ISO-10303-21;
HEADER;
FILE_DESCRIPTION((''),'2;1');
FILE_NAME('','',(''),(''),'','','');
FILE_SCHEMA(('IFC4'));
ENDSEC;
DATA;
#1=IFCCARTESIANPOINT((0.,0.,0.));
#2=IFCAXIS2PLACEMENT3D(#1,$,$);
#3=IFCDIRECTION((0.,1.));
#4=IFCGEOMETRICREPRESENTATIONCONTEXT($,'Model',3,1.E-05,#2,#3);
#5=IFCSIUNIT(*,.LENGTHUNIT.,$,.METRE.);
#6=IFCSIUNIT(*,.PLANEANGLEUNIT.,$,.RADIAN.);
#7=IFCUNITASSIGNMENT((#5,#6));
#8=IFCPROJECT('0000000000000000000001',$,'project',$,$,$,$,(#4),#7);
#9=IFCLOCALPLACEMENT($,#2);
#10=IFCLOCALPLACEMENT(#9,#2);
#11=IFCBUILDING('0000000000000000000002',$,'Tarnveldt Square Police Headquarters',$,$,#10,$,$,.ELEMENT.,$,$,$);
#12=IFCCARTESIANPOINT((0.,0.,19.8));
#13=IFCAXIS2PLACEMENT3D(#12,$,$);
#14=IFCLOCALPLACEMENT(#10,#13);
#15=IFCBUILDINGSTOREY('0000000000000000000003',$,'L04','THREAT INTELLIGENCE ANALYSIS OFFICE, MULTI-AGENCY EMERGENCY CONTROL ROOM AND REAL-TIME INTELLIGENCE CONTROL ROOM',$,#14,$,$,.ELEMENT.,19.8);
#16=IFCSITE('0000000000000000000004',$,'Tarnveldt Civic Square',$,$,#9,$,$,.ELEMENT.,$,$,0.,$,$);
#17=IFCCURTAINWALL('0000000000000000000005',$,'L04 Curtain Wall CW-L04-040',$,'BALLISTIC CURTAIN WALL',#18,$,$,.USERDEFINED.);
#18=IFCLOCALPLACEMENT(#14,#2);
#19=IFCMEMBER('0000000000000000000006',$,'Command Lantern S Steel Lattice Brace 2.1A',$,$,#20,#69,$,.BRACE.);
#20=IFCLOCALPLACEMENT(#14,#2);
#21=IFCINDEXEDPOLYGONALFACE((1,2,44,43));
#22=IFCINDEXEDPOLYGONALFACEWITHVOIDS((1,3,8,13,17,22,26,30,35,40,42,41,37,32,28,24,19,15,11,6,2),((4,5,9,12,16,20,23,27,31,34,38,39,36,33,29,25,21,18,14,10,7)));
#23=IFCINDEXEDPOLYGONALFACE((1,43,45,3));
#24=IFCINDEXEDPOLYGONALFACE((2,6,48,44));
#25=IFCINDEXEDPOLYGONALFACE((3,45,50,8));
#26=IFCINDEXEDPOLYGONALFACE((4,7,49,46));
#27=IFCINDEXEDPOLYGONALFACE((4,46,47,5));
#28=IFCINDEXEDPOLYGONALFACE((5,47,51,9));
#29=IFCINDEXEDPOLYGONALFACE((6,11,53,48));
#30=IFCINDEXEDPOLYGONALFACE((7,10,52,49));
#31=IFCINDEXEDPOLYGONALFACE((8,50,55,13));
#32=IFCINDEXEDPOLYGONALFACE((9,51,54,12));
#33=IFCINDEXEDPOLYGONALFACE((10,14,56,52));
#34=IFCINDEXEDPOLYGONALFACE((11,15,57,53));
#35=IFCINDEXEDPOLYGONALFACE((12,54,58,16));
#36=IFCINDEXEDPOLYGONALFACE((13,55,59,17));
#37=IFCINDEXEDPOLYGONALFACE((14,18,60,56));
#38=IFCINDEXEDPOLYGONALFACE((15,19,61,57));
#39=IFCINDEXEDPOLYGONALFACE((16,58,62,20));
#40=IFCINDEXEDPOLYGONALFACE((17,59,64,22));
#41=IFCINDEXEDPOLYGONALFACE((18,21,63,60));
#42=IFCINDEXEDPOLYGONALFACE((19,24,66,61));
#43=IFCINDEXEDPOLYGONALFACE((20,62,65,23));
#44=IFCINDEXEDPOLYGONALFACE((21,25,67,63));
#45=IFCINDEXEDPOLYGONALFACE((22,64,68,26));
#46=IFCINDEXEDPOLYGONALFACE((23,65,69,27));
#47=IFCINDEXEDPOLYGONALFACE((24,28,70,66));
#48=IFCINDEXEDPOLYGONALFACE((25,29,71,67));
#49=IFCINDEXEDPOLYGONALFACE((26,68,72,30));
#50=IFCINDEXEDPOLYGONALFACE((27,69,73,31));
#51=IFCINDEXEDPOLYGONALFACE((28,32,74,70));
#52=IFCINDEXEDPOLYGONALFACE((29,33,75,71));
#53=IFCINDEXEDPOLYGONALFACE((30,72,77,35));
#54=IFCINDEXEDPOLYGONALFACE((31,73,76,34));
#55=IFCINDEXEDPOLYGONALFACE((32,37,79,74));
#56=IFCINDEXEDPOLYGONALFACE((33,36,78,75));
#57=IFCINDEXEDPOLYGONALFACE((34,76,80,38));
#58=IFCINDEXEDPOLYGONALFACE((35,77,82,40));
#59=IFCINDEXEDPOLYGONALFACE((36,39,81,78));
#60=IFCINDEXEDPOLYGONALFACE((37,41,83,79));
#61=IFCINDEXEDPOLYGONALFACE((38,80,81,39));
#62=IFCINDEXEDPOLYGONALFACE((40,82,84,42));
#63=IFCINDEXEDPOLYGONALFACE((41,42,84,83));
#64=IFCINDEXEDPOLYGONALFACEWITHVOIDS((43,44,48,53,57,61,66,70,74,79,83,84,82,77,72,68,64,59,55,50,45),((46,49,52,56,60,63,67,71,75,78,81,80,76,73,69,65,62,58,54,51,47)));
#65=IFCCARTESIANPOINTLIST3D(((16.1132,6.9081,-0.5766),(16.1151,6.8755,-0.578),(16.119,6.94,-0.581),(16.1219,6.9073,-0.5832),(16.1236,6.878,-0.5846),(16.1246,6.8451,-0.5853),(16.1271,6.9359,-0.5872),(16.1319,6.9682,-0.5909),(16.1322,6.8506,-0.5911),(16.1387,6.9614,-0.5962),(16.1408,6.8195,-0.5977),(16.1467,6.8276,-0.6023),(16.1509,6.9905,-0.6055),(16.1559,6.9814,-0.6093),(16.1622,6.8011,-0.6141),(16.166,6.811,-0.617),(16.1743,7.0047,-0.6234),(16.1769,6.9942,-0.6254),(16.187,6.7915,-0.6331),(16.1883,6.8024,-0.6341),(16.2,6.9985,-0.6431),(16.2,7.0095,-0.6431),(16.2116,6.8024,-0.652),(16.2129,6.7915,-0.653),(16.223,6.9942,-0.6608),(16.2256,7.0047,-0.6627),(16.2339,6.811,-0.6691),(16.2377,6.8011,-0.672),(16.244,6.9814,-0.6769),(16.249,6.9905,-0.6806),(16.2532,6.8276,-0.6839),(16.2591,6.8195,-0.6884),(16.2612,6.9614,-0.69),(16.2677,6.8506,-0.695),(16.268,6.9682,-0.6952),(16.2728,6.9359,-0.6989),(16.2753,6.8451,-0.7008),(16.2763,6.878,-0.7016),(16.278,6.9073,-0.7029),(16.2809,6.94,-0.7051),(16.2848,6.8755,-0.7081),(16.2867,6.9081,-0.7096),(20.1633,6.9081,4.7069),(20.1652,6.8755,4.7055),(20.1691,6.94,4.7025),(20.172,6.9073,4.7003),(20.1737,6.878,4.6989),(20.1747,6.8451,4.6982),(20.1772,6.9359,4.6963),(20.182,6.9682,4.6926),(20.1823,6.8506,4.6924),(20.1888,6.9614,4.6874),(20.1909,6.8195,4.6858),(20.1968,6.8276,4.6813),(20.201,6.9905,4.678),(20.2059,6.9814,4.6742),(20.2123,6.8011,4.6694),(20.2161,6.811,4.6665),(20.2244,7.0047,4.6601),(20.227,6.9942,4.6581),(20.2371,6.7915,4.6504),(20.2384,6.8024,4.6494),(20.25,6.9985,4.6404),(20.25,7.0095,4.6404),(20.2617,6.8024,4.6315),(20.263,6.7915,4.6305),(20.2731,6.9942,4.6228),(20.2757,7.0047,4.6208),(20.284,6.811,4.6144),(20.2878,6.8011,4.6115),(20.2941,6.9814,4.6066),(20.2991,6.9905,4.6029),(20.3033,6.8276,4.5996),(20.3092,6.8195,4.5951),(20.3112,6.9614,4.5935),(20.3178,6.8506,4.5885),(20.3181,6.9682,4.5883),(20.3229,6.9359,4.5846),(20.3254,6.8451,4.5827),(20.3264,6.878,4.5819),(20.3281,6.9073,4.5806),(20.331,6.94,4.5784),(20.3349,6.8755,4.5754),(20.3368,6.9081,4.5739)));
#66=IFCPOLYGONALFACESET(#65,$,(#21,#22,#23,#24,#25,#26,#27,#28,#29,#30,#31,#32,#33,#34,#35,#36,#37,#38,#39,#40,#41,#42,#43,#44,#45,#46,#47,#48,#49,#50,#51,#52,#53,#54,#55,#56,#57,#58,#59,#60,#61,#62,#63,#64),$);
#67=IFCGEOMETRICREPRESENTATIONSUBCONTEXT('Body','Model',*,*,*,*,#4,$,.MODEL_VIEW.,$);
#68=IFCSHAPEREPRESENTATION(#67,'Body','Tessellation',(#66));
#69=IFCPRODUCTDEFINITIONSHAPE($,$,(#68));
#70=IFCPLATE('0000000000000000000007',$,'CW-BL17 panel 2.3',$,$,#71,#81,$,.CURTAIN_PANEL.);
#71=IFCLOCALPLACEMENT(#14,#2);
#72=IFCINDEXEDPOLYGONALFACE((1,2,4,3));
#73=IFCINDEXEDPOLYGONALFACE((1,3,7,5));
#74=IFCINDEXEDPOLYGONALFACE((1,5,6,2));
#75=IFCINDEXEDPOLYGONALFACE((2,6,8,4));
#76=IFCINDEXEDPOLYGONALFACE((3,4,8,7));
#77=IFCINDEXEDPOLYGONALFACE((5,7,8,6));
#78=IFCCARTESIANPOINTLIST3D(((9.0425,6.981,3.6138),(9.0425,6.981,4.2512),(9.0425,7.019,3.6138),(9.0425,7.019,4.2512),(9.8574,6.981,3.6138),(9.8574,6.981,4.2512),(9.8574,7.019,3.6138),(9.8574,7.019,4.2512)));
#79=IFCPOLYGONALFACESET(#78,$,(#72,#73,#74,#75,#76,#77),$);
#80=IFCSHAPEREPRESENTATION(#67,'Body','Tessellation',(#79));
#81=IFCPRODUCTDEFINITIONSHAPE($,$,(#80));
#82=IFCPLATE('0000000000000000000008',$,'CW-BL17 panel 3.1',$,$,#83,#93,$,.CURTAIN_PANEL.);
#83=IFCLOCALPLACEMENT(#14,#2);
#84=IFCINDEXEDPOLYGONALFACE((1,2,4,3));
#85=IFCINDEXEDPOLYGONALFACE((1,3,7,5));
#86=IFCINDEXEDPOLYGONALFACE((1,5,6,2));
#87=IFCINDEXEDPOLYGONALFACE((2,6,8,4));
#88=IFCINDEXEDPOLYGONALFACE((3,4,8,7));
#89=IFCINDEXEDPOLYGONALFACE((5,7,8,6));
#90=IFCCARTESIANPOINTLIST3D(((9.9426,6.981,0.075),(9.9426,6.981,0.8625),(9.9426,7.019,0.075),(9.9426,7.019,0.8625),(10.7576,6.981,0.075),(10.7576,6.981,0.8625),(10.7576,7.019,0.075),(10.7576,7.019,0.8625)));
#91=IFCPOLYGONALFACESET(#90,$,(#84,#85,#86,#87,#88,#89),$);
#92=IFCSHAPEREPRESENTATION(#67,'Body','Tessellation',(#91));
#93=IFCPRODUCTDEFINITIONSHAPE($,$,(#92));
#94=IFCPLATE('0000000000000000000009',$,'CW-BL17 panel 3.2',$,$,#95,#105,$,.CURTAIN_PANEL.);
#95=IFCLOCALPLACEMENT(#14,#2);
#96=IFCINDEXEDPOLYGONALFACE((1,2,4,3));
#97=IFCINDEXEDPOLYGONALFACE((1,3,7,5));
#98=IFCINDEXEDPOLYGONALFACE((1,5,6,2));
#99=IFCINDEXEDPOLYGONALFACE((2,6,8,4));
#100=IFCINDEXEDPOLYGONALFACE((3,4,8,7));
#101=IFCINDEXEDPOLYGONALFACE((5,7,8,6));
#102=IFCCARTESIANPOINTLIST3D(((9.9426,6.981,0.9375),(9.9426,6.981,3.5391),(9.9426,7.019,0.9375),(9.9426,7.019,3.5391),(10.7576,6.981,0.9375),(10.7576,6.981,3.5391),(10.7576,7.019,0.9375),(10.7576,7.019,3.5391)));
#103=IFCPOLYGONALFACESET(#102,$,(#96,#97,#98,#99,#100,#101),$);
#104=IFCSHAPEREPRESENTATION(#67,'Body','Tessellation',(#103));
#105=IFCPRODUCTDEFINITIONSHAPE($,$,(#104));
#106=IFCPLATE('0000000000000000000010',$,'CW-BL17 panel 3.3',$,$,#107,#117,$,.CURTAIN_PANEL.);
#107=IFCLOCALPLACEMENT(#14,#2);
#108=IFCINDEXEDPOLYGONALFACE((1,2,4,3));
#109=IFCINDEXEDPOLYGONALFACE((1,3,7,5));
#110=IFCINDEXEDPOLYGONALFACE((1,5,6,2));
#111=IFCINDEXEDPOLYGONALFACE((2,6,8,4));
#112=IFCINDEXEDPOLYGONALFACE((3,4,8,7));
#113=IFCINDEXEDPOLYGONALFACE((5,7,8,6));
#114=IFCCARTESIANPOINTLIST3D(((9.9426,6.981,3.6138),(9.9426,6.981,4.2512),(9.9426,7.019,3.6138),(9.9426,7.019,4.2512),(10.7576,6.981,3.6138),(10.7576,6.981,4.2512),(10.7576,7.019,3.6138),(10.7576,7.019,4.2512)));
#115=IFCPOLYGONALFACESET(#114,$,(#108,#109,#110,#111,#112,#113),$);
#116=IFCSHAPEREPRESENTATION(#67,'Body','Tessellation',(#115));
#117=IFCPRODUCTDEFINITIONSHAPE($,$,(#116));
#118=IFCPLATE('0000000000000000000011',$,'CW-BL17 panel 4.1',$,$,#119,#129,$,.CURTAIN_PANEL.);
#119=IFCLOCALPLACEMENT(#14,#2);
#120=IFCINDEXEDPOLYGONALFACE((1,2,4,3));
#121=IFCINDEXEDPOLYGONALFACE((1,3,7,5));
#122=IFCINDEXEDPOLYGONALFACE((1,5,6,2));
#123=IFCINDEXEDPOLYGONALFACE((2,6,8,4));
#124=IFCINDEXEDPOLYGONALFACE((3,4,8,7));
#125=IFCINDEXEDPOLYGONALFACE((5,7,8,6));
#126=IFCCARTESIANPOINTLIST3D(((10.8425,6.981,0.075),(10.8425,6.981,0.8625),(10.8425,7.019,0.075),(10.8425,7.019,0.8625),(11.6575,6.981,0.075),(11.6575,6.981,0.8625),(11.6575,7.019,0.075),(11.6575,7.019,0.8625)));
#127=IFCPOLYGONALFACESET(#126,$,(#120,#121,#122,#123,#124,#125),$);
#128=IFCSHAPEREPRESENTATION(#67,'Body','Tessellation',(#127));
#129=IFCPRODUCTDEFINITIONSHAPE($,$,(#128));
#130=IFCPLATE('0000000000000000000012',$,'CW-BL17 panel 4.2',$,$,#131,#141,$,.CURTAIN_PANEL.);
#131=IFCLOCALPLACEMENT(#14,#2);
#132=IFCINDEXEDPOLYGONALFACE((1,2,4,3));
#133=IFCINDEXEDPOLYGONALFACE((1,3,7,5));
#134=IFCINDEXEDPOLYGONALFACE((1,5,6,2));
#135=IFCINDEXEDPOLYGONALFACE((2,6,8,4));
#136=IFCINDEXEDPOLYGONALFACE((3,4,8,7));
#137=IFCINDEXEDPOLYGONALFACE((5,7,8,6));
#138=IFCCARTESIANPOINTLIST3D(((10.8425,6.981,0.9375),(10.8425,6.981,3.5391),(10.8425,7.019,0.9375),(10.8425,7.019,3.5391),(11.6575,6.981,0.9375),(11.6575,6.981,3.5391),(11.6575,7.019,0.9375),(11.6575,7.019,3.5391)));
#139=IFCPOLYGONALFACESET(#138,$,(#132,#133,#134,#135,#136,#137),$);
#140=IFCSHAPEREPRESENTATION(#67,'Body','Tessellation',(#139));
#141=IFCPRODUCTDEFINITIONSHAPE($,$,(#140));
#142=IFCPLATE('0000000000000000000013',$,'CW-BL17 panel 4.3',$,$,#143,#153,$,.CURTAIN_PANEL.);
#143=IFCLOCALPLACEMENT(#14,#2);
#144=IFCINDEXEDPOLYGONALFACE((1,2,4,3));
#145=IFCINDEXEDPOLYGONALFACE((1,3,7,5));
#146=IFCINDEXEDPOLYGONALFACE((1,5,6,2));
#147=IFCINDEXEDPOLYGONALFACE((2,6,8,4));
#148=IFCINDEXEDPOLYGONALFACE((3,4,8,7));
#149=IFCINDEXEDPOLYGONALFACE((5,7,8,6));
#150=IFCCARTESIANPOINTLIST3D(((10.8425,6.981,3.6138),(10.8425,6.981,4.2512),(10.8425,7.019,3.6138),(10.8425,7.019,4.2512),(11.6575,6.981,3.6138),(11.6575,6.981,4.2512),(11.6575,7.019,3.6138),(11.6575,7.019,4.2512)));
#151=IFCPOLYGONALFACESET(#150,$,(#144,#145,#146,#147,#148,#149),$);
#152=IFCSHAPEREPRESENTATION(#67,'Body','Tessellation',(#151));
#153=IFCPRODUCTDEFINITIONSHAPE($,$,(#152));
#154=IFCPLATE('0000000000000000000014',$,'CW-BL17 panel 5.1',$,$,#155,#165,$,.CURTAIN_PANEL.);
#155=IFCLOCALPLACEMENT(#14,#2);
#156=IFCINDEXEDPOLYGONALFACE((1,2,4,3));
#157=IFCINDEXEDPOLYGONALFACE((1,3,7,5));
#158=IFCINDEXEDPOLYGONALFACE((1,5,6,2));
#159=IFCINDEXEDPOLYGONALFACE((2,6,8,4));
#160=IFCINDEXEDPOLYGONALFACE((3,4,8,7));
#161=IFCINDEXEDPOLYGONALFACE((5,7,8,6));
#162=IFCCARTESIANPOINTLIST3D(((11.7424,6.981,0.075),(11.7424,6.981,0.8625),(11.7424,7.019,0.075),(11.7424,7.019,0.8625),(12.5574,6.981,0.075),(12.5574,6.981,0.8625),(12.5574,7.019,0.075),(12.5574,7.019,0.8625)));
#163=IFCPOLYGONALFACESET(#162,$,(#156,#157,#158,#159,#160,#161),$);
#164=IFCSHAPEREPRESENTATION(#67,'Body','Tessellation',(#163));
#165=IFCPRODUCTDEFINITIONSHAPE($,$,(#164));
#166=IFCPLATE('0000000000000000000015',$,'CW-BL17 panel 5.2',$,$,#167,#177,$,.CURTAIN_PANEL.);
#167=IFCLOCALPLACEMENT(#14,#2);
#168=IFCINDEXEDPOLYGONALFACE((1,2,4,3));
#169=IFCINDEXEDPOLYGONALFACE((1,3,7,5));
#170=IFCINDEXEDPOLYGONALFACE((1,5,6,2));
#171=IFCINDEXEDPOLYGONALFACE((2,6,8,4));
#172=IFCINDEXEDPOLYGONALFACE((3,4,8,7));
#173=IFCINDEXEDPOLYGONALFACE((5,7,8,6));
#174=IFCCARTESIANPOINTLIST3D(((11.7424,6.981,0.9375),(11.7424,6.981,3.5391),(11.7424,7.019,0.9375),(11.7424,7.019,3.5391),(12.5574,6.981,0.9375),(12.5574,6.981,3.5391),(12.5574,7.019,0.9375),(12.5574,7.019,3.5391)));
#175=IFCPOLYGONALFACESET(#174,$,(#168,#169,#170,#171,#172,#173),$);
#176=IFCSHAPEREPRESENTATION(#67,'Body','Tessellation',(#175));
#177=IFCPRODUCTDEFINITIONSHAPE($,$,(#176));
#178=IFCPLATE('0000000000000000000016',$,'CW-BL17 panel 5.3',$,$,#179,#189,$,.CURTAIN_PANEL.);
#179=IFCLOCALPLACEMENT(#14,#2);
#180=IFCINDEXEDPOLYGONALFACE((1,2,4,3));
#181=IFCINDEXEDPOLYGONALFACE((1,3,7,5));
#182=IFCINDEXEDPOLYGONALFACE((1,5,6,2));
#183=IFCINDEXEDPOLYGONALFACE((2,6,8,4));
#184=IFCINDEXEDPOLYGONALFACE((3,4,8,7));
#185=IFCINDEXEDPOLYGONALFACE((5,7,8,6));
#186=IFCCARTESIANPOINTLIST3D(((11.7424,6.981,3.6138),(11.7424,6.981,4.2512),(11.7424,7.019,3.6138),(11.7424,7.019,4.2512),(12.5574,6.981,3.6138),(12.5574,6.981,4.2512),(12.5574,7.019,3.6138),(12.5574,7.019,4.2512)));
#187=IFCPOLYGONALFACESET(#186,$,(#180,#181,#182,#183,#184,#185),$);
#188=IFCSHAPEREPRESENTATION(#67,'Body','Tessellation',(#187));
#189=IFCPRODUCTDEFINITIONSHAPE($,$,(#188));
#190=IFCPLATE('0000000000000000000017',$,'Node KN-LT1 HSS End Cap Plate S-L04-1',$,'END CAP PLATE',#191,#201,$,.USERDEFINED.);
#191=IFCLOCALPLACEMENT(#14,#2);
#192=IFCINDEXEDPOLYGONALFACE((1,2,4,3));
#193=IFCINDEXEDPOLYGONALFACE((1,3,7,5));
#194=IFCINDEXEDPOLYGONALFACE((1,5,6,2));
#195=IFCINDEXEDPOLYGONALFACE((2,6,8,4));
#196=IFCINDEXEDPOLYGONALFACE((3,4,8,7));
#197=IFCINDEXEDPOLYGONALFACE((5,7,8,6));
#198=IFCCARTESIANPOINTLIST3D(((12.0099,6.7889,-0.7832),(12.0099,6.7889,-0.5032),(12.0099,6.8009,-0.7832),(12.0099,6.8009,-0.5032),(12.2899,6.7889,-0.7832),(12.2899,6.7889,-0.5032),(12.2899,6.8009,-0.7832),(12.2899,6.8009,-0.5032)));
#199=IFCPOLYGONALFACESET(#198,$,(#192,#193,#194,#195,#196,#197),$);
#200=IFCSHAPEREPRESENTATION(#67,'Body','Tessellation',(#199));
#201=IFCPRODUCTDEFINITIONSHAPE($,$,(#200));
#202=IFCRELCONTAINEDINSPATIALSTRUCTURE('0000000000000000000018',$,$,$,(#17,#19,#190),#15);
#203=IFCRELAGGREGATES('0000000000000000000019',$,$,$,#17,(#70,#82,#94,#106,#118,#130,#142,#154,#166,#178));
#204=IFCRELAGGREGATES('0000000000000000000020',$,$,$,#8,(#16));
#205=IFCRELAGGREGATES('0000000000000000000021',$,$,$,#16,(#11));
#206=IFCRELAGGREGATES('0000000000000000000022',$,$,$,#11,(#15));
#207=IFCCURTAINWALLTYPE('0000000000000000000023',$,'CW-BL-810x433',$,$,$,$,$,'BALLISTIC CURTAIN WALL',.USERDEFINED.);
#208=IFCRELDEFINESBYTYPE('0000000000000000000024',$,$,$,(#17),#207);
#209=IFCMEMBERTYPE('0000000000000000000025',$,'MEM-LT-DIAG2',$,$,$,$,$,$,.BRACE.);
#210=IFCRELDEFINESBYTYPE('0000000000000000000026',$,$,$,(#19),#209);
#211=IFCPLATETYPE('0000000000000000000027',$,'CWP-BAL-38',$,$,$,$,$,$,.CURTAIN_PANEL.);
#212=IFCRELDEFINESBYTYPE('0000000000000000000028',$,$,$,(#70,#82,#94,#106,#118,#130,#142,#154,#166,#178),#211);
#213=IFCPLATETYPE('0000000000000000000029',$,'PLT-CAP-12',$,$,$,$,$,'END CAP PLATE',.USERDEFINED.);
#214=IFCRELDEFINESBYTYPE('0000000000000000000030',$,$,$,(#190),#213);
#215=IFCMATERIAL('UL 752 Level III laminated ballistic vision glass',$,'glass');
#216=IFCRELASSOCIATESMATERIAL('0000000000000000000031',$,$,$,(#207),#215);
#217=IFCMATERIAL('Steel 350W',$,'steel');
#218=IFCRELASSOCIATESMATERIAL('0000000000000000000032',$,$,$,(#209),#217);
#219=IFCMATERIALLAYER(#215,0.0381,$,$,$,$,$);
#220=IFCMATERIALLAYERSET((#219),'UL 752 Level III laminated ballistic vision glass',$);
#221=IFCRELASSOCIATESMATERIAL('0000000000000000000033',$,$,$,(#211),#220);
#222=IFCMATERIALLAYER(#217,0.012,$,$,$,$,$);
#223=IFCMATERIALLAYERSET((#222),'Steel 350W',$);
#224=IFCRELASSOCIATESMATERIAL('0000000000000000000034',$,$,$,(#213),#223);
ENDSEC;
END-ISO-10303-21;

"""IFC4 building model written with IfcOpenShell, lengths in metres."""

from ifc_helpers import new_model, si_unit, direction, frame, origin, origin_2d, place, context, subcontext, project, spatial, rectangle, hollow_circle, extrude, material, layer, layer_set, material_profile, profile_set, type_object, element, aggregate, save


model = new_model("IFC4")

# Units and contexts
model_context = context("Model", 3, precision=1e-05, world=origin(), true_north=direction((0.0, 1.0)))
body_context = subcontext(model_context, "Body", "Model", "MODEL_VIEW")
ifc_project = project(units=[si_unit("LENGTHUNIT", "METRE"), si_unit("PLANEANGLEUNIT", "RADIAN")], contexts=[model_context])

# Site, building, storey
site_placement = place(None, origin())
site = spatial("IfcSite", under=ifc_project, at=site_placement, Name="Tarnveldt Civic Square", CompositionType="ELEMENT", RefElevation=0.0)
building_placement = place(site_placement, origin())
building = spatial("IfcBuilding", under=site, at=building_placement, Name="Tarnveldt Square Police Headquarters", CompositionType="ELEMENT")
storey_placement = place(building_placement, frame((0.0, 0.0, 19.8)))
storey = spatial("IfcBuildingStorey", under=building, at=storey_placement, Name="L04", Description="THREAT INTELLIGENCE ANALYSIS OFFICE, MULTI-AGENCY EMERGENCY CONTROL ROOM AND REAL-TIME INTELLIGENCE CONTROL ROOM", CompositionType="ELEMENT", Elevation=19.8)

# Curtain wall
ifc_material_1 = material(Name="UL 752 Level III laminated ballistic vision glass", Category="glass")
curtain_wall_type = type_object("IfcCurtainWallType", Name="CW-BL-810x433", ElementType="BALLISTIC CURTAIN WALL", PredefinedType="USERDEFINED", material=ifc_material_1)
curtain_wall_placement = place(storey_placement, origin())
curtain_wall = element("IfcCurtainWall", 1, at=curtain_wall_placement, inside=storey, type_object=curtain_wall_type, Name="L04 Curtain Wall CW-L04-040", ObjectType="BALLISTIC CURTAIN WALL", PredefinedType="USERDEFINED")

# Member
ifc_material_2 = material(Name="Steel 350W", Category="steel")
ifc_material_profile_1 = material_profile(ifc_material_2, hollow_circle(Radius=0.1096, WallThickness=0.011, at=origin_2d()), Name="HSS219x11")
ifc_profile_set_1 = profile_set([ifc_material_profile_1], Name="Steel 350W")
member_type_1 = type_object("IfcMemberType", Name="MEM-LT-DIAG2", PredefinedType="BRACE", material=ifc_profile_set_1)
member_1_placement = place(storey_placement, frame((16.2, 6.8999, -0.6431), z_axis=(0.608375, 0.0, 0.793649), x_axis=(0.0, 1.0, 0.0)))
element("IfcMember", 2, at=member_1_placement, inside=storey, type_object=member_type_1, Name="Command Lantern S Steel Lattice Brace 2.1A", PredefinedType="BRACE", context=body_context, shape_type="SweptSolid", body=[
    extrude(hollow_circle(Radius=0.1096, WallThickness=0.011, at=origin_2d()), origin(), (0.0, 0.0, 1.0), 6.6572),
])

# Plates
ifc_layer_1 = layer(ifc_material_1, 0.0381)
ifc_layer_set_1 = layer_set([ifc_layer_1], Name="UL 752 Level III laminated ballistic vision glass")
plate_type_1 = type_object("IfcPlateType", Name="CWP-BAL-38", PredefinedType="CURTAIN_PANEL", material=ifc_layer_set_1)
plate_1_placement = place(storey_placement, frame((9.45, 7.0, 3.6138), z_axis=(0.0, 0.0, 1.0), x_axis=(1.0, 0.0, 0.0)))
plate_1 = element("IfcPlate", 3, at=plate_1_placement, type_object=plate_type_1, Name="CW-BL17 panel 2.3", PredefinedType="CURTAIN_PANEL", context=body_context, shape_type="SweptSolid", body=[
    extrude(rectangle(XDim=0.8149, YDim=0.0381, at=origin_2d()), origin(), (0.0, 0.0, 1.0), 0.6375),
])
plate_2_placement = place(storey_placement, frame((10.3501, 7.0, 0.075), z_axis=(0.0, 0.0, 1.0), x_axis=(1.0, 0.0, 0.0)))
plate_2 = element("IfcPlate", 4, at=plate_2_placement, type_object=plate_type_1, Name="CW-BL17 panel 3.1", PredefinedType="CURTAIN_PANEL", context=body_context, shape_type="SweptSolid", body=[
    extrude(rectangle(XDim=0.8149, YDim=0.0381, at=origin_2d()), origin(), (0.0, 0.0, 1.0), 0.7876),
])
plate_3_placement = place(storey_placement, frame((10.3501, 7.0, 0.9375), z_axis=(0.0, 0.0, 1.0), x_axis=(1.0, 0.0, 0.0)))
plate_3 = element("IfcPlate", 5, at=plate_3_placement, type_object=plate_type_1, Name="CW-BL17 panel 3.2", PredefinedType="CURTAIN_PANEL", context=body_context, shape_type="SweptSolid", body=[
    extrude(rectangle(XDim=0.8149, YDim=0.0381, at=origin_2d()), origin(), (0.0, 0.0, 1.0), 2.6016),
])
plate_4_placement = place(storey_placement, frame((10.3501, 7.0, 3.6138), z_axis=(0.0, 0.0, 1.0), x_axis=(1.0, 0.0, 0.0)))
plate_4 = element("IfcPlate", 6, at=plate_4_placement, type_object=plate_type_1, Name="CW-BL17 panel 3.3", PredefinedType="CURTAIN_PANEL", context=body_context, shape_type="SweptSolid", body=[
    extrude(rectangle(XDim=0.8149, YDim=0.0381, at=origin_2d()), origin(), (0.0, 0.0, 1.0), 0.6375),
])
plate_5_placement = place(storey_placement, frame((11.25, 7.0, 0.075), z_axis=(0.0, 0.0, 1.0), x_axis=(1.0, 0.0, 0.0)))
plate_5 = element("IfcPlate", 7, at=plate_5_placement, type_object=plate_type_1, Name="CW-BL17 panel 4.1", PredefinedType="CURTAIN_PANEL", context=body_context, shape_type="SweptSolid", body=[
    extrude(rectangle(XDim=0.8149, YDim=0.0381, at=origin_2d()), origin(), (0.0, 0.0, 1.0), 0.7876),
])
plate_6_placement = place(storey_placement, frame((11.25, 7.0, 0.9375), z_axis=(0.0, 0.0, 1.0), x_axis=(1.0, 0.0, 0.0)))
plate_6 = element("IfcPlate", 8, at=plate_6_placement, type_object=plate_type_1, Name="CW-BL17 panel 4.2", PredefinedType="CURTAIN_PANEL", context=body_context, shape_type="SweptSolid", body=[
    extrude(rectangle(XDim=0.8149, YDim=0.0381, at=origin_2d()), origin(), (0.0, 0.0, 1.0), 2.6016),
])
plate_7_placement = place(storey_placement, frame((11.25, 7.0, 3.6138), z_axis=(0.0, 0.0, 1.0), x_axis=(1.0, 0.0, 0.0)))
plate_7 = element("IfcPlate", 9, at=plate_7_placement, type_object=plate_type_1, Name="CW-BL17 panel 4.3", PredefinedType="CURTAIN_PANEL", context=body_context, shape_type="SweptSolid", body=[
    extrude(rectangle(XDim=0.8149, YDim=0.0381, at=origin_2d()), origin(), (0.0, 0.0, 1.0), 0.6375),
])
plate_8_placement = place(storey_placement, frame((12.1499, 7.0, 0.075), z_axis=(0.0, 0.0, 1.0), x_axis=(1.0, 0.0, 0.0)))
plate_8 = element("IfcPlate", 10, at=plate_8_placement, type_object=plate_type_1, Name="CW-BL17 panel 5.1", PredefinedType="CURTAIN_PANEL", context=body_context, shape_type="SweptSolid", body=[
    extrude(rectangle(XDim=0.8149, YDim=0.0381, at=origin_2d()), origin(), (0.0, 0.0, 1.0), 0.7876),
])
plate_9_placement = place(storey_placement, frame((12.1499, 7.0, 0.9375), z_axis=(0.0, 0.0, 1.0), x_axis=(1.0, 0.0, 0.0)))
plate_9 = element("IfcPlate", 11, at=plate_9_placement, type_object=plate_type_1, Name="CW-BL17 panel 5.2", PredefinedType="CURTAIN_PANEL", context=body_context, shape_type="SweptSolid", body=[
    extrude(rectangle(XDim=0.8149, YDim=0.0381, at=origin_2d()), origin(), (0.0, 0.0, 1.0), 2.6016),
])
plate_10_placement = place(storey_placement, frame((12.1499, 7.0, 3.6138), z_axis=(0.0, 0.0, 1.0), x_axis=(1.0, 0.0, 0.0)))
plate_10 = element("IfcPlate", 12, at=plate_10_placement, type_object=plate_type_1, Name="CW-BL17 panel 5.3", PredefinedType="CURTAIN_PANEL", context=body_context, shape_type="SweptSolid", body=[
    extrude(rectangle(XDim=0.8149, YDim=0.0381, at=origin_2d()), origin(), (0.0, 0.0, 1.0), 0.6375),
])
aggregate(curtain_wall, [plate_1, plate_2, plate_3, plate_4, plate_5, plate_6, plate_7, plate_8, plate_9, plate_10])

# Plate
ifc_layer_2 = layer(ifc_material_2, 0.012)
ifc_layer_set_2 = layer_set([ifc_layer_2], Name="Steel 350W")
plate_type_2 = type_object("IfcPlateType", Name="PLT-CAP-12", ElementType="END CAP PLATE", PredefinedType="USERDEFINED", material=ifc_layer_set_2)
plate_11_placement = place(storey_placement, frame((12.1499, 6.7949, -0.7832), z_axis=(0.0, 0.0, 1.0), x_axis=(1.0, 0.0, 0.0)))
element("IfcPlate", 13, at=plate_11_placement, inside=storey, type_object=plate_type_2, Name="Node KN-LT1 HSS End Cap Plate S-L04-1", ObjectType="END CAP PLATE", PredefinedType="USERDEFINED", context=body_context, shape_type="SweptSolid", body=[
    extrude(rectangle(XDim=0.28, YDim=0.012, at=origin_2d()), origin(), (0.0, 0.0, 1.0), 0.28),
])

save(model, "model.ifc")
